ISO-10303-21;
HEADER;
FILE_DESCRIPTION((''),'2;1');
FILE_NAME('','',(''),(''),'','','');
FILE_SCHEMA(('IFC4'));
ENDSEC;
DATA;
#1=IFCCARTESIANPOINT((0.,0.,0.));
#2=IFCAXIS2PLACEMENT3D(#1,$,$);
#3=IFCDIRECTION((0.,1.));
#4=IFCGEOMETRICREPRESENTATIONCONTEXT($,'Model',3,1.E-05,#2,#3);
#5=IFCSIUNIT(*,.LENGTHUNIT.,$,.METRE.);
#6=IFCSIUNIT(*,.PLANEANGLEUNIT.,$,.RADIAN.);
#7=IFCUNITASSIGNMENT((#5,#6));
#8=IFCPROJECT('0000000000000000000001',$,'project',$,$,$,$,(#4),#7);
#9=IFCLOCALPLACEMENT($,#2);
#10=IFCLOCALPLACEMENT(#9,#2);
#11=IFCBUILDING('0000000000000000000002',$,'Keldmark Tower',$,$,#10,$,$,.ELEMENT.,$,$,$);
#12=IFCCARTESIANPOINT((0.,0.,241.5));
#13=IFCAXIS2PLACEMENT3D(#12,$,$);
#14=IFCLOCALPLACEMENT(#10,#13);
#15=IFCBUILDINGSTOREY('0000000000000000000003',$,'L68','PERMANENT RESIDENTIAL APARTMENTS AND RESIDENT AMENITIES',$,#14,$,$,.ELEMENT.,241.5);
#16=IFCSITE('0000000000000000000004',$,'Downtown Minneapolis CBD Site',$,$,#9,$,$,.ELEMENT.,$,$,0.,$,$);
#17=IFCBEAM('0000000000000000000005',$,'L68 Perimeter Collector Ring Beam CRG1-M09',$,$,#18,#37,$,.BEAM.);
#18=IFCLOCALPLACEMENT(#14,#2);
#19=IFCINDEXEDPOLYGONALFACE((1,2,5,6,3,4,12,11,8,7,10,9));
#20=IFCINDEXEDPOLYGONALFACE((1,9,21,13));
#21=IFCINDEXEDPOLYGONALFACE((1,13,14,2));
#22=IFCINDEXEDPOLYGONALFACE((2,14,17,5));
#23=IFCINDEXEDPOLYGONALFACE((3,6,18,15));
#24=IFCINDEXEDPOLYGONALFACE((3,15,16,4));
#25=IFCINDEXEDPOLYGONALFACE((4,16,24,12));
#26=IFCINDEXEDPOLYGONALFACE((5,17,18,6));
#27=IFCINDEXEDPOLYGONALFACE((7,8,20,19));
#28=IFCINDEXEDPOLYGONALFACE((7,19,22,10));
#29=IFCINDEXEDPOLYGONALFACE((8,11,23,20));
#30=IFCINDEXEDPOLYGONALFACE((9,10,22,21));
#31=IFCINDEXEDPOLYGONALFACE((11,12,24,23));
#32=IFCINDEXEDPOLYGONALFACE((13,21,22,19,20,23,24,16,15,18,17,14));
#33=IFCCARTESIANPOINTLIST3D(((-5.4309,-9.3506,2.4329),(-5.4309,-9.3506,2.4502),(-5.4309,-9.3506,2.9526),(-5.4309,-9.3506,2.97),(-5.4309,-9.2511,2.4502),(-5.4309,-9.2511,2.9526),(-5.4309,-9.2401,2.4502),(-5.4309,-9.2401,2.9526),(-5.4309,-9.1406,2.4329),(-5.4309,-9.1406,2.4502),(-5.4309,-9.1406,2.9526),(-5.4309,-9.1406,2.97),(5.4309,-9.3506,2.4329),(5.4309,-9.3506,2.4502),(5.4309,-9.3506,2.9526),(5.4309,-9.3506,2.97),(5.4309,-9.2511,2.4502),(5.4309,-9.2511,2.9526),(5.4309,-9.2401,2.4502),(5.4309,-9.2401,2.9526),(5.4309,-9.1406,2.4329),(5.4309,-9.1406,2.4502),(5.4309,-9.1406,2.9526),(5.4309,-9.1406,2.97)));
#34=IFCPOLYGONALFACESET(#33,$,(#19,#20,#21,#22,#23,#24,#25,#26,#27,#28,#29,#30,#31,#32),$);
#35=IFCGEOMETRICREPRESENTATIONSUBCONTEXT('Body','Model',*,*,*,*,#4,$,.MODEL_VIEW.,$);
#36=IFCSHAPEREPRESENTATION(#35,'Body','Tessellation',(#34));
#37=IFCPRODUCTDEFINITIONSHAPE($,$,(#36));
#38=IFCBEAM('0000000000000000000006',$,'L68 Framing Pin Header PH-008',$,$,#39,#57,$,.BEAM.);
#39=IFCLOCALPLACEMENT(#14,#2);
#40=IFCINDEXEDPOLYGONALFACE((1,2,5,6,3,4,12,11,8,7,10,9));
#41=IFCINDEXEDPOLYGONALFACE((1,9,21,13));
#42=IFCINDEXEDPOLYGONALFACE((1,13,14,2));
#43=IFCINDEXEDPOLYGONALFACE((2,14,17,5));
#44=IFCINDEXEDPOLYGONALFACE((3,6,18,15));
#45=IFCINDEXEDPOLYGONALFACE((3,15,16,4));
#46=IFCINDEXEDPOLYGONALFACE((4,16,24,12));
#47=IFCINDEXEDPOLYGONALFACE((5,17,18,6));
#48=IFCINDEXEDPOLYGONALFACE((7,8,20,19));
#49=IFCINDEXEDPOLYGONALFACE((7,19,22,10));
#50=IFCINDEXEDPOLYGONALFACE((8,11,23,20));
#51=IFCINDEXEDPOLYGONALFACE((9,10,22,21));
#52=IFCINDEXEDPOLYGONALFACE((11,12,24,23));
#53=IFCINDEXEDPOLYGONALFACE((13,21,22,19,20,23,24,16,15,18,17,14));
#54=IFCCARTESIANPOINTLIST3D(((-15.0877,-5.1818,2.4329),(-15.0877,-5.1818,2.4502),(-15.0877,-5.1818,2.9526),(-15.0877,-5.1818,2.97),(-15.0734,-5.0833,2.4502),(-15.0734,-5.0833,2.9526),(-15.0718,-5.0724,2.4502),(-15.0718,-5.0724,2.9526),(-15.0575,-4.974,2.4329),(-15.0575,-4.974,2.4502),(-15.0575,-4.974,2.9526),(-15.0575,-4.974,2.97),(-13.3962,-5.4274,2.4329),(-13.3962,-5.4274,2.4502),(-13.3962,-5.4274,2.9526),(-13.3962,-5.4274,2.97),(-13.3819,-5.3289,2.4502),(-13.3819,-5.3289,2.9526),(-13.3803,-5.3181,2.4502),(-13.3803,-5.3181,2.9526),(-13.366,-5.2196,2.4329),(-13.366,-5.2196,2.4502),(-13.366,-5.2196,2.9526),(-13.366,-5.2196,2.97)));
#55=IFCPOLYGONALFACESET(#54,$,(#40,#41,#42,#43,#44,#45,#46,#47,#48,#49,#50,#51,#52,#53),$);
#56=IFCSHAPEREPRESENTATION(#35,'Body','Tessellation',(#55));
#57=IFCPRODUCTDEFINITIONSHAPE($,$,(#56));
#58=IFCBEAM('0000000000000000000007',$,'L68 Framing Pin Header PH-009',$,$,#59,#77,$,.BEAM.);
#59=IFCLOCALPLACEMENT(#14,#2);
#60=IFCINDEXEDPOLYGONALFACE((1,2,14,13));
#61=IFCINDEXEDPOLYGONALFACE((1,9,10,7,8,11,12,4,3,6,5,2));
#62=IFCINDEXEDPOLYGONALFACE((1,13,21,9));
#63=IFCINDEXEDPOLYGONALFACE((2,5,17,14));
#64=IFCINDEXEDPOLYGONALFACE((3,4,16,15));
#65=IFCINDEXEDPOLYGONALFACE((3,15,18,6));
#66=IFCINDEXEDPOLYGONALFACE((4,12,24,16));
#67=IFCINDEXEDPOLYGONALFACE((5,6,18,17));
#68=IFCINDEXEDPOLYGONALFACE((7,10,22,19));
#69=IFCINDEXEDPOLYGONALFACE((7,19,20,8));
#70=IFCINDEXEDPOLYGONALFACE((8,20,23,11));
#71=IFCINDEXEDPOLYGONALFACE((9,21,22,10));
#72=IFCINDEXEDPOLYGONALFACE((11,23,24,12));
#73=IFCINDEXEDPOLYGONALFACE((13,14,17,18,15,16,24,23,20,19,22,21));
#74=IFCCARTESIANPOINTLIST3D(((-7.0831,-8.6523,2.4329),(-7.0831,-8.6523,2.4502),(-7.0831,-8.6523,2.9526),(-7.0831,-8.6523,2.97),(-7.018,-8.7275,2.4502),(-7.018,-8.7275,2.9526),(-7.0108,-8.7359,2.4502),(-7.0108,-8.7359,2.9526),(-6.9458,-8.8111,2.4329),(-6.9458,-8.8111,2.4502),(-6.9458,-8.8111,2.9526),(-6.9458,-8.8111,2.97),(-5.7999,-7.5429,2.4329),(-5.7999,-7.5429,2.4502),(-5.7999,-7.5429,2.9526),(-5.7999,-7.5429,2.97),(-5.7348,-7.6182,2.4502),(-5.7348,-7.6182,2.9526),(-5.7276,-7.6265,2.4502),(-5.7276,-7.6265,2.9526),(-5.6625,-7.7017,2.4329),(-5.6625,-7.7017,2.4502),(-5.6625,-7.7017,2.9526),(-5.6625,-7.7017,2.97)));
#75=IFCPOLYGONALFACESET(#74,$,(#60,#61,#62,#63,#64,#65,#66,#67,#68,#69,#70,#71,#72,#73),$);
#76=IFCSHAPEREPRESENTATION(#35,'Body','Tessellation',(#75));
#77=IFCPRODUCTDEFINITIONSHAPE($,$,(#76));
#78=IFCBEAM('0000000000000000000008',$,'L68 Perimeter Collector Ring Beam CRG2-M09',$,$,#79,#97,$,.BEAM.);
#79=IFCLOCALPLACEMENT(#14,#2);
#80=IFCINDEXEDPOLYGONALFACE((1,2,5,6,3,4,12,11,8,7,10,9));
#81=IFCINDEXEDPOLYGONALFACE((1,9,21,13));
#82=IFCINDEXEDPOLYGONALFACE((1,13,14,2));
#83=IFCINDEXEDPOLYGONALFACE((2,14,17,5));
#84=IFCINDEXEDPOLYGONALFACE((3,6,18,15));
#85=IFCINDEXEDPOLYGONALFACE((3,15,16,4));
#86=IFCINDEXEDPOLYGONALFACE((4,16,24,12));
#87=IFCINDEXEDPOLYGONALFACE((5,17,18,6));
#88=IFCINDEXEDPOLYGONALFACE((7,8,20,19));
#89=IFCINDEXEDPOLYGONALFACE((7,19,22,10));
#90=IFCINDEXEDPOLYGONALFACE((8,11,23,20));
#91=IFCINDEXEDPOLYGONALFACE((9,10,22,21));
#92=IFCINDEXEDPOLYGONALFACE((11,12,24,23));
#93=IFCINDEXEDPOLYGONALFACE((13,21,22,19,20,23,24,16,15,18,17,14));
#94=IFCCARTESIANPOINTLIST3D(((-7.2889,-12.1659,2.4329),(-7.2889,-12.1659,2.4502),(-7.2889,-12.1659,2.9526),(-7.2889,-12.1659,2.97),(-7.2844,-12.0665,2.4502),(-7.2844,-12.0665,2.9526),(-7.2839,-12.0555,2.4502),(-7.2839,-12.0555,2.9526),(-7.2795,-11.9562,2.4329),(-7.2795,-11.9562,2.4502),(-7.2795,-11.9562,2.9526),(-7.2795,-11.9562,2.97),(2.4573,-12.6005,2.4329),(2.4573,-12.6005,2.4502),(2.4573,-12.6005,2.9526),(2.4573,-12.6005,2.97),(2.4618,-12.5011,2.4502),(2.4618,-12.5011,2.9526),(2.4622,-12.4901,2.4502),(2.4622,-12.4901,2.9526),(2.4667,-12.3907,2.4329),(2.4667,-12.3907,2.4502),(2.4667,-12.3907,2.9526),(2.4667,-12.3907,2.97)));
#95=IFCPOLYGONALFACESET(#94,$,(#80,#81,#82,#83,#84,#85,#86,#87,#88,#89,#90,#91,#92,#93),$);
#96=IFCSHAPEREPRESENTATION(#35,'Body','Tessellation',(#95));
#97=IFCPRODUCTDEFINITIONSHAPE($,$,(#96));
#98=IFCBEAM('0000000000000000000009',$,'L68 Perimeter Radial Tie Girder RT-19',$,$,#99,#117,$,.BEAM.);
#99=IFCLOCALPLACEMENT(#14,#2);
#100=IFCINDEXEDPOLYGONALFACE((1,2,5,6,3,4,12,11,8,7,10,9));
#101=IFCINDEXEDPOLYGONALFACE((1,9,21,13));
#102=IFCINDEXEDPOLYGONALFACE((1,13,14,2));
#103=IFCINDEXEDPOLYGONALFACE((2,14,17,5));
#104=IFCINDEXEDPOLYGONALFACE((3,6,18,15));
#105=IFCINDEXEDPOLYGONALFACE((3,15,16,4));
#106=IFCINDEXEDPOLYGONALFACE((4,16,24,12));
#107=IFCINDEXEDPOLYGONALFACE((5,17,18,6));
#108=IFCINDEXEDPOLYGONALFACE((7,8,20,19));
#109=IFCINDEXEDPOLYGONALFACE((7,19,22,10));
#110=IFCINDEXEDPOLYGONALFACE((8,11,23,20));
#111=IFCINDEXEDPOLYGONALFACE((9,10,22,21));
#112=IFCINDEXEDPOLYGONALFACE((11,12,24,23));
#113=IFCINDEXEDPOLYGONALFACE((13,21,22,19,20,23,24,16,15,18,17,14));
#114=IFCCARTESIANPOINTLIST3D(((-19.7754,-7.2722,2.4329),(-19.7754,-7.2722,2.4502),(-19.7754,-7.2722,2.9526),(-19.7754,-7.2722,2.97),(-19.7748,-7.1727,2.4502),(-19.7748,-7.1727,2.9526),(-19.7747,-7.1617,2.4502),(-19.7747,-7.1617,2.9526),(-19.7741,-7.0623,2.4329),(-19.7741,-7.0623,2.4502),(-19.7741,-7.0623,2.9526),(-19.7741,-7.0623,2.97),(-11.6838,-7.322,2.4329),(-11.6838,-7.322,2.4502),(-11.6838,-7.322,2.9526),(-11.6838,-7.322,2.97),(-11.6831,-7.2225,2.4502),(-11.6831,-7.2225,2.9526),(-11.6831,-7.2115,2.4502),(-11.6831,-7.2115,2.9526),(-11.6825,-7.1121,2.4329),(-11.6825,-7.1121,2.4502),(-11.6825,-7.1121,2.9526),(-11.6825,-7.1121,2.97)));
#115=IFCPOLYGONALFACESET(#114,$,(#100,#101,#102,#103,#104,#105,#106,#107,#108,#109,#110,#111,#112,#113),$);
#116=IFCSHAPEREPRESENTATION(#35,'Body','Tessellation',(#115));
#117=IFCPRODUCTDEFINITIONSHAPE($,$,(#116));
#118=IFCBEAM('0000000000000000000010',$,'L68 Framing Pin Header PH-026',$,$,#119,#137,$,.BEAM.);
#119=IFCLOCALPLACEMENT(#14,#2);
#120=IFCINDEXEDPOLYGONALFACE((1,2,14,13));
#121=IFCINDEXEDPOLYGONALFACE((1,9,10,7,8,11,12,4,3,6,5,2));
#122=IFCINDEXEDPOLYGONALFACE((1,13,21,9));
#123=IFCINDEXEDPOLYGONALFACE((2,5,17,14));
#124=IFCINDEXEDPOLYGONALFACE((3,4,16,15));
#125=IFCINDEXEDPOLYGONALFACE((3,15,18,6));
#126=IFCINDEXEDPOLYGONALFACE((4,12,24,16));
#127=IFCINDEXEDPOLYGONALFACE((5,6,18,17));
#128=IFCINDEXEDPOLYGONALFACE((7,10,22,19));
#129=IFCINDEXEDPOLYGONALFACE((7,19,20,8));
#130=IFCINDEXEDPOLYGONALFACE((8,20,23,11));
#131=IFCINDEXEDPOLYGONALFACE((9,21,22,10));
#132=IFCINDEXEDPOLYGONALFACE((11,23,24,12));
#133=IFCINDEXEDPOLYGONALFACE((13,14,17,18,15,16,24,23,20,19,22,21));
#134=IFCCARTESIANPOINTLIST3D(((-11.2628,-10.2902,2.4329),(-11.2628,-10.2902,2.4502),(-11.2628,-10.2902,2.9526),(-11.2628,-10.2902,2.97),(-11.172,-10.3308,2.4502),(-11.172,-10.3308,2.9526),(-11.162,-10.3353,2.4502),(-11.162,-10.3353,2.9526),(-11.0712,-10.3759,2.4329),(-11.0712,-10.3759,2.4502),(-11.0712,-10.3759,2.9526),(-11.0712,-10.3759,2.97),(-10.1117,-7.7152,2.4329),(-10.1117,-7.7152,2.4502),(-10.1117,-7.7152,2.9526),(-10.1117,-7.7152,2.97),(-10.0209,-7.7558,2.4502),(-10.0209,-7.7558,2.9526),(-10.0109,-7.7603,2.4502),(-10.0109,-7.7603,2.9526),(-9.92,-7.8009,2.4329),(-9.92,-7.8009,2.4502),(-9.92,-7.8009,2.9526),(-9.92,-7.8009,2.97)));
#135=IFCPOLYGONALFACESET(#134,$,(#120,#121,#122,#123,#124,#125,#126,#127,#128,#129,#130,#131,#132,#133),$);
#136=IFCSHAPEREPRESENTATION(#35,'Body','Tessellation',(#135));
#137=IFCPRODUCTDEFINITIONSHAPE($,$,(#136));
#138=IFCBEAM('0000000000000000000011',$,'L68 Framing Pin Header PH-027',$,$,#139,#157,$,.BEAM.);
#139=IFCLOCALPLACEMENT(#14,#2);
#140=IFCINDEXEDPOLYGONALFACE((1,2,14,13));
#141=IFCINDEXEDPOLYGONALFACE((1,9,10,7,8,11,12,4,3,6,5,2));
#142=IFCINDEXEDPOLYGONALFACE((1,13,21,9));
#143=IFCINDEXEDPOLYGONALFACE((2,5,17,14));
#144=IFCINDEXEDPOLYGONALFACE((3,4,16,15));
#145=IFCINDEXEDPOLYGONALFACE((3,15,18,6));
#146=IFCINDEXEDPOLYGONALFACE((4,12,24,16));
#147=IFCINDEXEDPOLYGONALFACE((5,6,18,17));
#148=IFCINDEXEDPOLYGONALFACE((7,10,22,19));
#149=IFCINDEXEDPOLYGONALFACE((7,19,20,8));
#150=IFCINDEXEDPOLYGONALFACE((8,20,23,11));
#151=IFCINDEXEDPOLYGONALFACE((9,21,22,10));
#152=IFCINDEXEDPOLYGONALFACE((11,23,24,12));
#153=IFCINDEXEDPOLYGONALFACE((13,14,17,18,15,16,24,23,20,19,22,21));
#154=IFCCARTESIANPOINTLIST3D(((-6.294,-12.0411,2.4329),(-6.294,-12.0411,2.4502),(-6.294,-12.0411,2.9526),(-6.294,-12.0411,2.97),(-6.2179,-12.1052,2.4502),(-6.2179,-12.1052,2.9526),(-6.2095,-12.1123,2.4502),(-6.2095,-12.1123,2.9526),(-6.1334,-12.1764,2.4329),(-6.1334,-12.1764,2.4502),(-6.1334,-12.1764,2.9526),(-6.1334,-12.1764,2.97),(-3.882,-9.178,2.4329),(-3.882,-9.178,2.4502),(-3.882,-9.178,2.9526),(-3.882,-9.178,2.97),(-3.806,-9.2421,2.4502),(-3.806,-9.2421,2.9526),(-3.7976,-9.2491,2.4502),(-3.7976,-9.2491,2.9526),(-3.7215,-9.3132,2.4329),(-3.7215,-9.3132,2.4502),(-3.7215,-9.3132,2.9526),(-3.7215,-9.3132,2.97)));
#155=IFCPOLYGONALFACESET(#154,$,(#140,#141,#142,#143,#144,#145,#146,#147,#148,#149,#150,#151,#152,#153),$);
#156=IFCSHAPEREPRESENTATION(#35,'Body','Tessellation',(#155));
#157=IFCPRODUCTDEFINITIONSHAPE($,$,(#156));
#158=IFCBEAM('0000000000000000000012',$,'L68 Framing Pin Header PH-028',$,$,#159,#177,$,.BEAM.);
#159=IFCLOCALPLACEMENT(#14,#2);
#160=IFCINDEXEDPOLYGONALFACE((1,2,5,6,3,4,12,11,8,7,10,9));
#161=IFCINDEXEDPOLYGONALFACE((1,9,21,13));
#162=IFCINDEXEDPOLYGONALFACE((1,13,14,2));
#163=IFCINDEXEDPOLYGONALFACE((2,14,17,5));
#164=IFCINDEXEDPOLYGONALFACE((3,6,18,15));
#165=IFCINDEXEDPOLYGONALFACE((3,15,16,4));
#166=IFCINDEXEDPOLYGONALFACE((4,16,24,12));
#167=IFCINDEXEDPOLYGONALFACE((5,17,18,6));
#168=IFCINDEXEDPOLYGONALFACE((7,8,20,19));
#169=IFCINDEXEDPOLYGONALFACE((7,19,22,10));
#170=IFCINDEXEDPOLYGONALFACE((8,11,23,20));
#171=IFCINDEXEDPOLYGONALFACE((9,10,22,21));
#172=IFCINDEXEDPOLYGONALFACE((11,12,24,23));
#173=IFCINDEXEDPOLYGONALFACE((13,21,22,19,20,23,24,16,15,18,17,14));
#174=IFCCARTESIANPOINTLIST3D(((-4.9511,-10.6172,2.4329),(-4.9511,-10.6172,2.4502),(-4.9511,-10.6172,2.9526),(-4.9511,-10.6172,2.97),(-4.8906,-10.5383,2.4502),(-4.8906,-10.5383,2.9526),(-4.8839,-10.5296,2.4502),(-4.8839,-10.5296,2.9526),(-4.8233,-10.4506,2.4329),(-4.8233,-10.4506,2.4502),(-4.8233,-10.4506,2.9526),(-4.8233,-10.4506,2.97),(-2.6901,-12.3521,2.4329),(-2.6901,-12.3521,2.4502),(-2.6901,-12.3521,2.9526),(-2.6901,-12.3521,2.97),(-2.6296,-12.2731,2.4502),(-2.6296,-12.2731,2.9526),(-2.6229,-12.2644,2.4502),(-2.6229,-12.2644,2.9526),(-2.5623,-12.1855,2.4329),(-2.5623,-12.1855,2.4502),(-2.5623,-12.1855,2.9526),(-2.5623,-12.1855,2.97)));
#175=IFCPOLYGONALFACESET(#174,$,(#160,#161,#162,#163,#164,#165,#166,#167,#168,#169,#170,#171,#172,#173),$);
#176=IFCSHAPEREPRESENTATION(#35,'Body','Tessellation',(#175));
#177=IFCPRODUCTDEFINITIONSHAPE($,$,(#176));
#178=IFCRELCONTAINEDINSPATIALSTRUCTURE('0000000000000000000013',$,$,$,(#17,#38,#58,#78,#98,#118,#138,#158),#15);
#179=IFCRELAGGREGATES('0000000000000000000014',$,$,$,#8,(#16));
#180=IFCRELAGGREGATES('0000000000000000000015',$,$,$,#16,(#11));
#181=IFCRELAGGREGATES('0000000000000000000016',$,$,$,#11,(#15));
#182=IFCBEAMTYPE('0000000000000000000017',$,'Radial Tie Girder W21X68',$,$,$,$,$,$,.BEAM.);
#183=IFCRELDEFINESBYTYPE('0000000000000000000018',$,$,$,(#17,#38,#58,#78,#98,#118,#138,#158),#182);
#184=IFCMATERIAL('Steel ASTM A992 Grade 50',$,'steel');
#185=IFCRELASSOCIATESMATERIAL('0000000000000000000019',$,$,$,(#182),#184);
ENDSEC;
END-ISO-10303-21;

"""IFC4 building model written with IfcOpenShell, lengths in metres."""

from ifc_helpers import new_model, si_unit, direction, frame, origin, origin_2d, place, context, subcontext, project, spatial, i_section, extrude, material, material_profile, profile_set, type_object, element, save


model = new_model("IFC4")

# Units and contexts
model_context = context("Model", 3, precision=1e-05, world=origin(), true_north=direction((0.0, 1.0)))
body_context = subcontext(model_context, "Body", "Model", "MODEL_VIEW")
ifc_project = project(units=[si_unit("LENGTHUNIT", "METRE"), si_unit("PLANEANGLEUNIT", "RADIAN")], contexts=[model_context])

# Site, building, storey
site_placement = place(None, origin())
site = spatial("IfcSite", under=ifc_project, at=site_placement, Name="Downtown Minneapolis CBD Site", CompositionType="ELEMENT", RefElevation=0.0)
building_placement = place(site_placement, origin())
building = spatial("IfcBuilding", under=site, at=building_placement, Name="Keldmark Tower", CompositionType="ELEMENT")
storey_placement = place(building_placement, frame((0.0, 0.0, 241.5)))
storey = spatial("IfcBuildingStorey", under=building, at=storey_placement, Name="L68", Description="PERMANENT RESIDENTIAL APARTMENTS AND RESIDENT AMENITIES", CompositionType="ELEMENT", Elevation=241.5)

# Beams
ifc_material_1 = material(Name="Steel ASTM A992 Grade 50", Category="steel")
ifc_material_profile_1 = material_profile(ifc_material_1, i_section(OverallWidth=0.21, OverallDepth=0.5371, WebThickness=0.011, FlangeThickness=0.0173, at=origin_2d()), Name="W21X68")
ifc_profile_set_1 = profile_set([ifc_material_profile_1], Name="Steel ASTM A992 Grade 50")
beam_type_1 = type_object("IfcBeamType", Name="Radial Tie Girder W21X68", PredefinedType="BEAM", material=ifc_profile_set_1)
beam_1_placement = place(storey_placement, frame((-5.4309, -9.2456, 2.7014), z_axis=(1.0, 0.0, 0.0), x_axis=(0.0, 1.0, 0.0)))
element("IfcBeam", 1, at=beam_1_placement, inside=storey, type_object=beam_type_1, Name="L68 Perimeter Collector Ring Beam CRG1-M09", PredefinedType="BEAM", context=body_context, shape_type="SweptSolid", body=[
    extrude(i_section(OverallWidth=0.21, OverallDepth=0.5371, WebThickness=0.011, FlangeThickness=0.0173, at=origin_2d()), origin(), (0.0, 0.0, 1.0), 10.8618),
])
beam_2_placement = place(storey_placement, frame((-13.3811, -5.3235, 2.7014), z_axis=(-0.989621, 0.143701, 0.0), x_axis=(-0.143701, -0.989621, 0.0)))
element("IfcBeam", 2, at=beam_2_placement, inside=storey, type_object=beam_type_1, Name="L68 Framing Pin Header PH-008", PredefinedType="BEAM", context=body_context, shape_type="SweptSolid", body=[
    extrude(i_section(OverallWidth=0.21, OverallDepth=0.5371, WebThickness=0.011, FlangeThickness=0.0173, at=origin_2d()), origin(), (0.0, 0.0, 1.0), 1.7092),
])
beam_3_placement = place(storey_placement, frame((-5.7312, -7.6223, 2.7014), z_axis=(-0.756486, -0.654009, 0.0), x_axis=(0.654009, -0.756486, 0.0)))
element("IfcBeam", 3, at=beam_3_placement, inside=storey, type_object=beam_type_1, Name="L68 Framing Pin Header PH-009", PredefinedType="BEAM", context=body_context, shape_type="SweptSolid", body=[
    extrude(i_section(OverallWidth=0.21, OverallDepth=0.5371, WebThickness=0.011, FlangeThickness=0.0173, at=origin_2d()), origin(), (0.0, 0.0, 1.0), 1.6963),
])
beam_4_placement = place(storey_placement, frame((-7.2842, -12.061, 2.7014), z_axis=(0.999007, -0.044545, 0.0), x_axis=(0.044545, 0.999007, 0.0)))
element("IfcBeam", 4, at=beam_4_placement, inside=storey, type_object=beam_type_1, Name="L68 Perimeter Collector Ring Beam CRG2-M09", PredefinedType="BEAM", context=body_context, shape_type="SweptSolid", body=[
    extrude(i_section(OverallWidth=0.21, OverallDepth=0.5371, WebThickness=0.011, FlangeThickness=0.0173, at=origin_2d()), origin(), (0.0, 0.0, 1.0), 9.7559),
])
beam_5_placement = place(storey_placement, frame((-11.6831, -7.217, 2.7014), z_axis=(-0.999981, 0.006155, 0.0), x_axis=(-0.006155, -0.999981, 0.0)))
element("IfcBeam", 5, at=beam_5_placement, inside=storey, type_object=beam_type_1, Name="L68 Perimeter Radial Tie Girder RT-19", PredefinedType="BEAM", context=body_context, shape_type="SweptSolid", body=[
    extrude(i_section(OverallWidth=0.21, OverallDepth=0.5371, WebThickness=0.011, FlangeThickness=0.0173, at=origin_2d()), origin(), (0.0, 0.0, 1.0), 8.0918),
])
beam_6_placement = place(storey_placement, frame((-10.0159, -7.7581, 2.7014), z_axis=(-0.408121, -0.912928, 0.0), x_axis=(0.912928, -0.408121, 0.0)))
element("IfcBeam", 6, at=beam_6_placement, inside=storey, type_object=beam_type_1, Name="L68 Framing Pin Header PH-026", PredefinedType="BEAM", context=body_context, shape_type="SweptSolid", body=[
    extrude(i_section(OverallWidth=0.21, OverallDepth=0.5371, WebThickness=0.011, FlangeThickness=0.0173, at=origin_2d()), origin(), (0.0, 0.0, 1.0), 2.8206),
])
beam_7_placement = place(storey_placement, frame((-3.8018, -9.2456, 2.7014), z_axis=(-0.644274, -0.764794, 0.0), x_axis=(0.764794, -0.644274, 0.0)))
element("IfcBeam", 7, at=beam_7_placement, inside=storey, type_object=beam_type_1, Name="L68 Framing Pin Header PH-027", PredefinedType="BEAM", context=body_context, shape_type="SweptSolid", body=[
    extrude(i_section(OverallWidth=0.21, OverallDepth=0.5371, WebThickness=0.011, FlangeThickness=0.0173, at=origin_2d()), origin(), (0.0, 0.0, 1.0), 3.7437),
])
beam_8_placement = place(storey_placement, frame((-4.8872, -10.5339, 2.7014), z_axis=(0.793362, -0.60875, 0.0), x_axis=(0.60875, 0.793362, 0.0)))
element("IfcBeam", 8, at=beam_8_placement, inside=storey, type_object=beam_type_1, Name="L68 Framing Pin Header PH-028", PredefinedType="BEAM", context=body_context, shape_type="SweptSolid", body=[
    extrude(i_section(OverallWidth=0.21, OverallDepth=0.5371, WebThickness=0.011, FlangeThickness=0.0173, at=origin_2d()), origin(), (0.0, 0.0, 1.0), 2.8499),
])

save(model, "model.ifc")
